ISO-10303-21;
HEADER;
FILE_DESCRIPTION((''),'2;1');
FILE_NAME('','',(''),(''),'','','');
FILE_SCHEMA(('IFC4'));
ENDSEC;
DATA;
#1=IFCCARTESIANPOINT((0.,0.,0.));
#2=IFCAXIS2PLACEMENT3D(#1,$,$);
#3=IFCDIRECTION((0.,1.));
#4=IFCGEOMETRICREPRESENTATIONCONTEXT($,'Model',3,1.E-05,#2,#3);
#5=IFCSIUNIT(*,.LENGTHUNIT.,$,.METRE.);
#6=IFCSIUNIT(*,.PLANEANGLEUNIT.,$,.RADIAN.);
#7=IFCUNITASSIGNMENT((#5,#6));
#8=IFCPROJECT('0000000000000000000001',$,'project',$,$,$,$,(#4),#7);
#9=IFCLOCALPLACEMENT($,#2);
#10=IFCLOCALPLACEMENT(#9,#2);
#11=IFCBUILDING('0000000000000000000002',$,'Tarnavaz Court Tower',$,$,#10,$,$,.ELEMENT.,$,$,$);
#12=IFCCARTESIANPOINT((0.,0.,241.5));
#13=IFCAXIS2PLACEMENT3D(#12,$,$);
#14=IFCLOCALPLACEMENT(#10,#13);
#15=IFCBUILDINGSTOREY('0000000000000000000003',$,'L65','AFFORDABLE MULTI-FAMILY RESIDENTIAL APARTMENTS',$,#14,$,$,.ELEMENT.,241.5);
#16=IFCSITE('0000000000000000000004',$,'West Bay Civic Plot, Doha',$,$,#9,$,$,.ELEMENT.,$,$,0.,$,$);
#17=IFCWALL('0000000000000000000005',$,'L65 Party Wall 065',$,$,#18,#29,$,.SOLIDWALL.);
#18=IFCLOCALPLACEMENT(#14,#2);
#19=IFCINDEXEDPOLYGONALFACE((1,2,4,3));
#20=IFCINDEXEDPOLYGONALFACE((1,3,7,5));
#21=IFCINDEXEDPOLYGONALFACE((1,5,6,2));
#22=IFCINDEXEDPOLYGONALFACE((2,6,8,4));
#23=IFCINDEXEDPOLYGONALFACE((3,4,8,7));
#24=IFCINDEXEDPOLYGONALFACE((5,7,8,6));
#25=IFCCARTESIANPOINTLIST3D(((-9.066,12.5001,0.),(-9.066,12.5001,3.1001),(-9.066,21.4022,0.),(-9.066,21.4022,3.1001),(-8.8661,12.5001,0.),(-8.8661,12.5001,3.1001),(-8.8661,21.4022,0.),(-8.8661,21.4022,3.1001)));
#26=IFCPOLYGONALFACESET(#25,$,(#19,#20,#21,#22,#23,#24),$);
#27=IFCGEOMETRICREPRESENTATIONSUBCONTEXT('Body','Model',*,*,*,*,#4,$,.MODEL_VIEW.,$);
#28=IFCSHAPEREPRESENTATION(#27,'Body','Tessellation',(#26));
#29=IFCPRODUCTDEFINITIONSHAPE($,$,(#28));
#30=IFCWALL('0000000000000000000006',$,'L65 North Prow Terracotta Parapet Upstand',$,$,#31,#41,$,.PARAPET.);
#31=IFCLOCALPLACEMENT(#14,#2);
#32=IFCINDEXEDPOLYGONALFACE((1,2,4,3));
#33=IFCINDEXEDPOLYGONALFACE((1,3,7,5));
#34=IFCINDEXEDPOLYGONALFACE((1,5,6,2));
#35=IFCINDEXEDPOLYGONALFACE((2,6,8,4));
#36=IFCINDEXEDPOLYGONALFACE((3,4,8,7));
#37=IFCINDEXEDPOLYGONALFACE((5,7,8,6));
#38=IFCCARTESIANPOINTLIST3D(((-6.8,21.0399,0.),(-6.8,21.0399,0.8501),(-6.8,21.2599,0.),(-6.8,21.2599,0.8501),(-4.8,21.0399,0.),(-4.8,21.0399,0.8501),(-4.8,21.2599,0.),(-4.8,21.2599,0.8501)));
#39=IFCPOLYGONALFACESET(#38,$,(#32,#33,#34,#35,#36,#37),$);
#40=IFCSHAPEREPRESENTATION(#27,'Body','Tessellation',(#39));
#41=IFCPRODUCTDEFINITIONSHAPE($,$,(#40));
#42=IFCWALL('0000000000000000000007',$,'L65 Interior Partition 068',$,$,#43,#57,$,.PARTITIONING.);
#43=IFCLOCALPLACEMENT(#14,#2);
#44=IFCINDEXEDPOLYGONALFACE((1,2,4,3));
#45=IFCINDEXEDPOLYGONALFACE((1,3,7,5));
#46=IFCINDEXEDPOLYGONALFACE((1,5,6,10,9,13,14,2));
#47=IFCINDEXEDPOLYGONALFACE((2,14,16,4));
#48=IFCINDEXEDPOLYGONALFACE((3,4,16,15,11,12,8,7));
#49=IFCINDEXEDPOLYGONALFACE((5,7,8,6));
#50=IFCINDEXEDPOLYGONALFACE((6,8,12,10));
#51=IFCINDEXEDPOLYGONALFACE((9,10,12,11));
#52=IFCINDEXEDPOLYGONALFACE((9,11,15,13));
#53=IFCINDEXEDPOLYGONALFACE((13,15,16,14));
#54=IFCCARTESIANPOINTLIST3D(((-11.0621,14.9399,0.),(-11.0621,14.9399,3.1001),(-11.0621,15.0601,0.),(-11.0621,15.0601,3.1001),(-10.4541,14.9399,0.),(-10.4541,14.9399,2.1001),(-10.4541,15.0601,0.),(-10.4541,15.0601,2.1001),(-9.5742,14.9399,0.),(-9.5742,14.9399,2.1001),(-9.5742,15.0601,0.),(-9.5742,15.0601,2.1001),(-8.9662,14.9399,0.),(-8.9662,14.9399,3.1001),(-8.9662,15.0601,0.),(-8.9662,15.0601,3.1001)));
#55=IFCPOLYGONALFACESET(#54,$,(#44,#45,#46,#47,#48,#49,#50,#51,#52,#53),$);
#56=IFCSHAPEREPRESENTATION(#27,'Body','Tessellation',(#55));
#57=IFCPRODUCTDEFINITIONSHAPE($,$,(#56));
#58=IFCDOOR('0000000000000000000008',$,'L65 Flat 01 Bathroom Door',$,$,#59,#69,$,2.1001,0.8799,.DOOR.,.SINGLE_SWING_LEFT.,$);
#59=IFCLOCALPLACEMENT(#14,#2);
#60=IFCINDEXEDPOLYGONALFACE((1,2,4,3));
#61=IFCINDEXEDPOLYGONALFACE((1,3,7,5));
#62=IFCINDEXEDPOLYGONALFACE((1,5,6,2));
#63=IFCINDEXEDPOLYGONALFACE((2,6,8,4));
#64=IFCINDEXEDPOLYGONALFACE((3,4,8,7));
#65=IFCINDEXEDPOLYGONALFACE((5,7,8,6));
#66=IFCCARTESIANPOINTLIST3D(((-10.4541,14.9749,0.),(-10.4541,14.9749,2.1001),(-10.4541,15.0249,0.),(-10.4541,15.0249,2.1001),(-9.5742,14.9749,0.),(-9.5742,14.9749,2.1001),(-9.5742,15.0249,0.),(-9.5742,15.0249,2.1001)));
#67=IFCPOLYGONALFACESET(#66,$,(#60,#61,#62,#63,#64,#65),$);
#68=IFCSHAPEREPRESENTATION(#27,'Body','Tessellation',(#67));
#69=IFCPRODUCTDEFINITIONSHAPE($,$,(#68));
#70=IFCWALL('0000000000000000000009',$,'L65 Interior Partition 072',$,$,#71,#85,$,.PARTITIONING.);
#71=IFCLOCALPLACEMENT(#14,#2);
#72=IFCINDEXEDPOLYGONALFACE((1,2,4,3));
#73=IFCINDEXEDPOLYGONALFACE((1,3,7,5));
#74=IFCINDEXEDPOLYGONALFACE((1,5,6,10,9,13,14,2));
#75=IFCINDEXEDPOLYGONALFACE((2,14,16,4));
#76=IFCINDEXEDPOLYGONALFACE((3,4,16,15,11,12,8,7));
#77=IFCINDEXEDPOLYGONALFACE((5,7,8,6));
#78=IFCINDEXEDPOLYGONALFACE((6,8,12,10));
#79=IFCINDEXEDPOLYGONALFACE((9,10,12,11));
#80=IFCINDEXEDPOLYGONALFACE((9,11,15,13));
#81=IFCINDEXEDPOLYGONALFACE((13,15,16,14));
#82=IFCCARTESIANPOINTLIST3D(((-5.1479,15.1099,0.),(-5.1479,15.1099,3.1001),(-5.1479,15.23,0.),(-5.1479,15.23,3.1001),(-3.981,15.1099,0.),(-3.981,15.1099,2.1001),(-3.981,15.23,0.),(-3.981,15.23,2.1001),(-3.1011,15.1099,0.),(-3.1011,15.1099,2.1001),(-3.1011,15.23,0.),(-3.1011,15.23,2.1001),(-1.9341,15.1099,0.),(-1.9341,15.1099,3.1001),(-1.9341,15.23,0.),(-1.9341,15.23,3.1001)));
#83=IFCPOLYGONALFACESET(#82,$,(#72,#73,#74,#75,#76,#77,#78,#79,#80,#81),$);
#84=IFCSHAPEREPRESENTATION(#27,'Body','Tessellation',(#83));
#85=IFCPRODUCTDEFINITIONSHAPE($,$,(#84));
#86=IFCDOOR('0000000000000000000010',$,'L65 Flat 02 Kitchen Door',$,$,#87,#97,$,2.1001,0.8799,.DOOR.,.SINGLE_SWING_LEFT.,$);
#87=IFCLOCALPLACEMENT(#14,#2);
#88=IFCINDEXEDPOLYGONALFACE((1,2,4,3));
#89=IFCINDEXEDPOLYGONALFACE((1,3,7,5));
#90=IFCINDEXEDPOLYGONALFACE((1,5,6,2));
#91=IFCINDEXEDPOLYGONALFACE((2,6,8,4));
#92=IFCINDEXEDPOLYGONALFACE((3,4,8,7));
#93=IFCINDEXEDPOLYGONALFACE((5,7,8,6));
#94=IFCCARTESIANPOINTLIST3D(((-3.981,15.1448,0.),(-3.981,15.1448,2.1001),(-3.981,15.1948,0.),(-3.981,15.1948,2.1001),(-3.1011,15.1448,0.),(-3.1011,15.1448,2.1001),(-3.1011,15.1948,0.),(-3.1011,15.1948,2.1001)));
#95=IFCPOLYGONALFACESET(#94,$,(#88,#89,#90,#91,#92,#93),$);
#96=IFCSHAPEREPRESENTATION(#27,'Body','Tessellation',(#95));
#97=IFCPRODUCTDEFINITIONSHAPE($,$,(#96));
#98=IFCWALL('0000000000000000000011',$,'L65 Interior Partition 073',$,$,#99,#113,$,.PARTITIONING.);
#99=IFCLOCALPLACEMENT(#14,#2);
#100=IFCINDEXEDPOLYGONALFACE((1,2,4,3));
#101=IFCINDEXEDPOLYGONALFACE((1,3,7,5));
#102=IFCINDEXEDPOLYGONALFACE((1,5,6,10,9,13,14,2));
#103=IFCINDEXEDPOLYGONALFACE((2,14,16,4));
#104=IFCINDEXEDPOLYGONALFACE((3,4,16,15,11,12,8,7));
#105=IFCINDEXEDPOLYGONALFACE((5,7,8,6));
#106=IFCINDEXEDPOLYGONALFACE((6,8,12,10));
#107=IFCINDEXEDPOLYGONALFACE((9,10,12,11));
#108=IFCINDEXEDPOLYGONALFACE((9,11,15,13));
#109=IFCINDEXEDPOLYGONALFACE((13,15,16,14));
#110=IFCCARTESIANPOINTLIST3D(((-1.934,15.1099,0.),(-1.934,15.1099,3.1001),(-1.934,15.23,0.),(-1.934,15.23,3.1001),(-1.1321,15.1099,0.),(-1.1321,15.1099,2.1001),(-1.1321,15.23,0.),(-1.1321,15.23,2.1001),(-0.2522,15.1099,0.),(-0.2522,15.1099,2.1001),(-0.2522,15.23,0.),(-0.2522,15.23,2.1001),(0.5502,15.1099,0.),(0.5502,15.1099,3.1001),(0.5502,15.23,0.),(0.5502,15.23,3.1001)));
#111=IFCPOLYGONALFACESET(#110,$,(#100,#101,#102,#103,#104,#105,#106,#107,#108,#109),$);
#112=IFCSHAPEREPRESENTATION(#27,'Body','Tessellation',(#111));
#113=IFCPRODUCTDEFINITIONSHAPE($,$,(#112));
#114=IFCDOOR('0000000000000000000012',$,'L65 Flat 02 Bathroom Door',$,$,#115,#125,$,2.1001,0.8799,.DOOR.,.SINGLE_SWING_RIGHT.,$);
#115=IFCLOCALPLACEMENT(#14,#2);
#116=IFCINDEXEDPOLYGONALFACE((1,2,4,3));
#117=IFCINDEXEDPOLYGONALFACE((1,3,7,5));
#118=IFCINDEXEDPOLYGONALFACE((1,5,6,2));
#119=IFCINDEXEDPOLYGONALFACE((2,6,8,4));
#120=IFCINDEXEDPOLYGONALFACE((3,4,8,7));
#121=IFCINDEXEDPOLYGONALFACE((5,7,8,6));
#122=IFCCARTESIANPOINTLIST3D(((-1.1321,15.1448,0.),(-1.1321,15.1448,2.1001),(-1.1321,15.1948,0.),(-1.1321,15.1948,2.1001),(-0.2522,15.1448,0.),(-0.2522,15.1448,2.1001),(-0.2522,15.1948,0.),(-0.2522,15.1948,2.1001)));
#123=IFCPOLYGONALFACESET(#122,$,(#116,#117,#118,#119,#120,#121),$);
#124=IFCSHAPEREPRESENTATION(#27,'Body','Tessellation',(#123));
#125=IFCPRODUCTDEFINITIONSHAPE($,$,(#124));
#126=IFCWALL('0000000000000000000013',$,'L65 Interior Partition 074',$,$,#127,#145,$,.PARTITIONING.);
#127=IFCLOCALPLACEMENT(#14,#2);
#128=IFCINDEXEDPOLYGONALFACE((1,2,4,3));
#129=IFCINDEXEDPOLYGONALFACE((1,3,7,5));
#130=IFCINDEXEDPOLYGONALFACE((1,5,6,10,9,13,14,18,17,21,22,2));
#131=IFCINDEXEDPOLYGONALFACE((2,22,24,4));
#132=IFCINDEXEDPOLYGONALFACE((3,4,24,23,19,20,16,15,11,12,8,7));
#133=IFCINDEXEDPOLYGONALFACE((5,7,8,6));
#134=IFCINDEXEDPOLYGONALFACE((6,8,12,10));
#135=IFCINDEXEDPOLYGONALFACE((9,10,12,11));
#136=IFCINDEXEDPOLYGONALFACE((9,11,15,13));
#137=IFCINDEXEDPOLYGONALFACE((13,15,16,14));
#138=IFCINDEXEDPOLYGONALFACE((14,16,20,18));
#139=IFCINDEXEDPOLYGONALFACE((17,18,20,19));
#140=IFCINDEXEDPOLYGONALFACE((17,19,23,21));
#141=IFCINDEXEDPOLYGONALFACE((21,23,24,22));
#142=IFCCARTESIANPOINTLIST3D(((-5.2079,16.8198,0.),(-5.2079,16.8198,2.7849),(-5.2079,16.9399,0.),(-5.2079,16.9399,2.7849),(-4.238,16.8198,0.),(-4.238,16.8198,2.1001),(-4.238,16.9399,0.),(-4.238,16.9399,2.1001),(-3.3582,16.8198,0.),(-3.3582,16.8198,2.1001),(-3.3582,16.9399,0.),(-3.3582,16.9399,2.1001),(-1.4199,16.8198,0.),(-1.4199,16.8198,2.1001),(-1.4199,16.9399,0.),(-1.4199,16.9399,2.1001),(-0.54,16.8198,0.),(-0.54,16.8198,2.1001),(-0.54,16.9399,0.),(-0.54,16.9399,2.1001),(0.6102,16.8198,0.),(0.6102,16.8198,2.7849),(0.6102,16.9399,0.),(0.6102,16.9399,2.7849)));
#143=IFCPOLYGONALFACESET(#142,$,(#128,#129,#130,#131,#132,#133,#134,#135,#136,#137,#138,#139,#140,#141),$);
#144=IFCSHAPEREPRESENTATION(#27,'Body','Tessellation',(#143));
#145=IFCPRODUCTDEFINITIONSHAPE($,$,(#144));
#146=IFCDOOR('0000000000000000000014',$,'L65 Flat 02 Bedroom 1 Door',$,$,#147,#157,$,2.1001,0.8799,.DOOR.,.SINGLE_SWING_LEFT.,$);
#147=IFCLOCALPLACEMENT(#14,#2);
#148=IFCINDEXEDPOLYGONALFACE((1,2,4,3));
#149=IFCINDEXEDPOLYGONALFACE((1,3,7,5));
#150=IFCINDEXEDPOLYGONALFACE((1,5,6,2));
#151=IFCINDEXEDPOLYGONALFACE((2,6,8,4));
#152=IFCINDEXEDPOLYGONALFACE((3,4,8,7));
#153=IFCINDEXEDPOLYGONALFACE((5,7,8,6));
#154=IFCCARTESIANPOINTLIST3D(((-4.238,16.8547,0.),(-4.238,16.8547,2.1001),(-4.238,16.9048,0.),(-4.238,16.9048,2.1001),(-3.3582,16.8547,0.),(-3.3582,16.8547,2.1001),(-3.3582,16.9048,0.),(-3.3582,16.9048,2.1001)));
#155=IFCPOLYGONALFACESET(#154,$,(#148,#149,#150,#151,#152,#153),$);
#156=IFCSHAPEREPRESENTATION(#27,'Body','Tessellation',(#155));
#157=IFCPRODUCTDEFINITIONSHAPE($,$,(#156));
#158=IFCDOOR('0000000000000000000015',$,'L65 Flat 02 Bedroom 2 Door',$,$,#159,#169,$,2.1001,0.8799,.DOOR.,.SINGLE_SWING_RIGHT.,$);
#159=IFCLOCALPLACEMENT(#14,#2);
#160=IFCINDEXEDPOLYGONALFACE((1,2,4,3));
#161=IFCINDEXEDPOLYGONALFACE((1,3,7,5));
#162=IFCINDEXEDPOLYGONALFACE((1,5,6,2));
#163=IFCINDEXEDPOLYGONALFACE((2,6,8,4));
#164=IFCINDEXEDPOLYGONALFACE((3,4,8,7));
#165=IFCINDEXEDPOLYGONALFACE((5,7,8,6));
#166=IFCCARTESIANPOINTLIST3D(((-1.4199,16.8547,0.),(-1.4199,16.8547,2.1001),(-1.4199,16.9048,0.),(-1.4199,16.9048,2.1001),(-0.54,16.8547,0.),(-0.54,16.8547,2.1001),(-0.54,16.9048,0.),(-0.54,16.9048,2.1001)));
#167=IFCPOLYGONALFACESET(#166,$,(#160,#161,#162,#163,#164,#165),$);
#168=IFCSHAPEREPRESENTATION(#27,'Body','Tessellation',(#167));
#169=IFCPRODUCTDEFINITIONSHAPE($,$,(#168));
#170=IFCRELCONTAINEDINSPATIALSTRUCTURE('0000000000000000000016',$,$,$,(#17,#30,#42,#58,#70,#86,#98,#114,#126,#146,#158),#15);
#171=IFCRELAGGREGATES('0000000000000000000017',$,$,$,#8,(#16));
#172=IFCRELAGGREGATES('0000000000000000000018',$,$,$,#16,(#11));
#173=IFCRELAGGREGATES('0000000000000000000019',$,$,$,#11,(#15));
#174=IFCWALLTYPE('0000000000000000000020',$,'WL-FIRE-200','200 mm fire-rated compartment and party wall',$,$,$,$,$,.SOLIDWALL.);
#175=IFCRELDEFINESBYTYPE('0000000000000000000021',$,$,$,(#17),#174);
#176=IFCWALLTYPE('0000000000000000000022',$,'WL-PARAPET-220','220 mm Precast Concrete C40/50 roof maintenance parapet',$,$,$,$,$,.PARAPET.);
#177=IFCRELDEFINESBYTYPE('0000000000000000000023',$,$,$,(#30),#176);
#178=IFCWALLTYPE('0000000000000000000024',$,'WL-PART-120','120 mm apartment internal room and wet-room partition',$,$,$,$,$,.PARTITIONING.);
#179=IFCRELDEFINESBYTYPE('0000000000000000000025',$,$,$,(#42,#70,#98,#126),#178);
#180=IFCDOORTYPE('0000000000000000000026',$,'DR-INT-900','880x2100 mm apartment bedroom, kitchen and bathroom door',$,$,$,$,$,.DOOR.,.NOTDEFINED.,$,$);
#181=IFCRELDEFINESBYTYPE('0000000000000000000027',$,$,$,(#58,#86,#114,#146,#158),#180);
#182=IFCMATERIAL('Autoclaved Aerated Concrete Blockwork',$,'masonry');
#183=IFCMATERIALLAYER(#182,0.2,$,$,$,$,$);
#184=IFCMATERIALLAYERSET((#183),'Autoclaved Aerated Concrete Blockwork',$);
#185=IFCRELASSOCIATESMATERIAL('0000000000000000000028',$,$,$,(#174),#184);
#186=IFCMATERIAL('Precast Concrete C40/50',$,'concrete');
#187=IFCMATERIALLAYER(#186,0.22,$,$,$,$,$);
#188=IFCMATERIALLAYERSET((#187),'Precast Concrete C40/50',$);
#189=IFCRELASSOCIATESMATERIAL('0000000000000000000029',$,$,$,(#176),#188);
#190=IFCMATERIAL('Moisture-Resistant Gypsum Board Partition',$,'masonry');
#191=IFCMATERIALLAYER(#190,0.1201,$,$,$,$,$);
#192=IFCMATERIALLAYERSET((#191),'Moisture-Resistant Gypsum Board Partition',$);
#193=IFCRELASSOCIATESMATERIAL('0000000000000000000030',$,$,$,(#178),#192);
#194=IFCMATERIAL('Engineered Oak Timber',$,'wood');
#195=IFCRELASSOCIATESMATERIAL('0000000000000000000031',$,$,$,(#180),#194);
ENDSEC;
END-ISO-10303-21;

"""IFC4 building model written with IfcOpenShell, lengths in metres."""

from ifc_helpers import new_model, si_unit, direction, frame, frame_2d, origin, place, context, subcontext, project, spatial, rectangle, extrude, material, layer, layer_set, type_object, element, fill, save


model = new_model("IFC4")

# Units and contexts
model_context = context("Model", 3, precision=1e-05, world=origin(), true_north=direction((0.0, 1.0)))
body_context = subcontext(model_context, "Body", "Model", "MODEL_VIEW")
ifc_project = project(units=[si_unit("LENGTHUNIT", "METRE"), si_unit("PLANEANGLEUNIT", "RADIAN")], contexts=[model_context])

# Site, building, storey
site_placement = place(None, origin())
site = spatial("IfcSite", under=ifc_project, at=site_placement, Name="West Bay Civic Plot, Doha", CompositionType="ELEMENT", RefElevation=0.0)
building_placement = place(site_placement, origin())
building = spatial("IfcBuilding", under=site, at=building_placement, Name="Tarnavaz Court Tower", CompositionType="ELEMENT")
storey_placement = place(building_placement, frame((0.0, 0.0, 241.5)))
storey = spatial("IfcBuildingStorey", under=building, at=storey_placement, Name="L65", Description="AFFORDABLE MULTI-FAMILY RESIDENTIAL APARTMENTS", CompositionType="ELEMENT", Elevation=241.5)

# Shared definitions
ifc_material_1 = material(Name="Precast Concrete C40/50", Category="concrete")

# Walls
ifc_material_2 = material(Name="Autoclaved Aerated Concrete Blockwork", Category="masonry")
ifc_layer_1 = layer(ifc_material_2, 0.2)
ifc_layer_set_1 = layer_set([ifc_layer_1], Name="Autoclaved Aerated Concrete Blockwork")
wall_type_1 = type_object("IfcWallType", Name="WL-FIRE-200", Description="200 mm fire-rated compartment and party wall", PredefinedType="SOLIDWALL", material=ifc_layer_set_1)
wall_1_placement = place(storey_placement, frame((-8.9661, 12.5, 0.0), z_axis=(0.0, 0.0, 1.0), x_axis=(0.0, 1.0, 0.0)))
element("IfcWall", 1, at=wall_1_placement, inside=storey, type_object=wall_type_1, Name="L65 Party Wall 065", PredefinedType="SOLIDWALL", context=body_context, shape_type="SweptSolid", body=[
    extrude(rectangle(XDim=8.9021, YDim=0.2, at=frame_2d((4.4512, 0.0))), origin(), (0.0, 0.0, 1.0), 3.1001),
])
ifc_layer_2 = layer(ifc_material_1, 0.22)
ifc_layer_set_2 = layer_set([ifc_layer_2], Name="Precast Concrete C40/50")
wall_type_2 = type_object("IfcWallType", Name="WL-PARAPET-220", Description="220 mm Precast Concrete C40/50 roof maintenance parapet", PredefinedType="PARAPET", material=ifc_layer_set_2)
wall_2_placement = place(storey_placement, frame((-6.8, 21.1499, 0.0), z_axis=(0.0, 0.0, 1.0), x_axis=(1.0, 0.0, 0.0)))
element("IfcWall", 2, at=wall_2_placement, inside=storey, type_object=wall_type_2, Name="L65 North Prow Terracotta Parapet Upstand", PredefinedType="PARAPET", context=body_context, shape_type="SweptSolid", body=[
    extrude(rectangle(XDim=2.0, YDim=0.22, at=frame_2d((1.0, 0.0))), origin(), (0.0, 0.0, 1.0), 0.8501),
])

# Walls, openings, doors
ifc_material_3 = material(Name="Moisture-Resistant Gypsum Board Partition", Category="masonry")
ifc_layer_3 = layer(ifc_material_3, 0.1201)
ifc_layer_set_3 = layer_set([ifc_layer_3], Name="Moisture-Resistant Gypsum Board Partition")
wall_type_3 = type_object("IfcWallType", Name="WL-PART-120", Description="120 mm apartment internal room and wet-room partition", PredefinedType="PARTITIONING", material=ifc_layer_set_3)
wall_3_placement = place(storey_placement, frame((-11.062, 15.0, 0.0), z_axis=(0.0, 0.0, 1.0), x_axis=(1.0, 0.0, 0.0)))
wall_3 = element("IfcWall", 3, at=wall_3_placement, inside=storey, type_object=wall_type_3, Name="L65 Interior Partition 068", PredefinedType="PARTITIONING", context=body_context, shape_type="SweptSolid", body=[
    extrude(rectangle(XDim=2.0959, YDim=0.1201, at=frame_2d((1.0479, 0.0))), origin(), (0.0, 0.0, 1.0), 3.1001),
])
opening_1_placement = place(wall_3_placement, frame((0.6079, 0.0, 0.0)))
opening_1 = element("IfcOpeningElement", 4, at=opening_1_placement, cuts=wall_3, PredefinedType="OPENING", context=body_context, shape_type="SweptSolid", body=[
    extrude(rectangle(XDim=0.8799, YDim=2.1001, at=frame_2d((0.4399, 1.05))), frame((0.0, 0.0701, 0.0), z_axis=(0.0, -1.0, 0.0), x_axis=(1.0, 0.0, 0.0)), (0.0, 0.0, 1.0), 0.1401),
])
ifc_material_4 = material(Name="Engineered Oak Timber", Category="wood")
door_type = type_object("IfcDoorType", Name="DR-INT-900", Description="880x2100 mm apartment bedroom, kitchen and bathroom door", OperationType="NOTDEFINED", PredefinedType="DOOR", material=ifc_material_4)
door_1_placement = place(opening_1_placement, origin())
door_1 = element("IfcDoor", 5, at=door_1_placement, inside=storey, type_object=door_type, Name="L65 Flat 01 Bathroom Door", OperationType="SINGLE_SWING_LEFT", OverallHeight=2.1001, OverallWidth=0.8799, PredefinedType="DOOR", context=body_context, shape_type="SweptSolid", body=[
    extrude(rectangle(XDim=0.8799, YDim=2.1001, at=frame_2d((0.4399, 1.05))), frame((0.0, 0.0249, 0.0), z_axis=(0.0, -1.0, 0.0), x_axis=(1.0, 0.0, 0.0)), (0.0, 0.0, 1.0), 0.05),
])
fill(opening_1, door_1)
wall_4_placement = place(storey_placement, frame((-5.1479, 15.1699, 0.0), z_axis=(0.0, 0.0, 1.0), x_axis=(1.0, 0.0, 0.0)))
wall_4 = element("IfcWall", 6, at=wall_4_placement, inside=storey, type_object=wall_type_3, Name="L65 Interior Partition 072", PredefinedType="PARTITIONING", context=body_context, shape_type="SweptSolid", body=[
    extrude(rectangle(XDim=3.2139, YDim=0.1201, at=frame_2d((1.6069, 0.0))), origin(), (0.0, 0.0, 1.0), 3.1001),
])
opening_2_placement = place(wall_4_placement, frame((1.167, 0.0, 0.0)))
opening_2 = element("IfcOpeningElement", 7, at=opening_2_placement, cuts=wall_4, PredefinedType="OPENING", context=body_context, shape_type="SweptSolid", body=[
    extrude(rectangle(XDim=0.8799, YDim=2.1001, at=frame_2d((0.4399, 1.05))), frame((0.0, 0.0701, 0.0), z_axis=(0.0, -1.0, 0.0), x_axis=(1.0, 0.0, 0.0)), (0.0, 0.0, 1.0), 0.1401),
])
door_2_placement = place(opening_2_placement, origin())
door_2 = element("IfcDoor", 8, at=door_2_placement, inside=storey, type_object=door_type, Name="L65 Flat 02 Kitchen Door", OperationType="SINGLE_SWING_LEFT", OverallHeight=2.1001, OverallWidth=0.8799, PredefinedType="DOOR", context=body_context, shape_type="SweptSolid", body=[
    extrude(rectangle(XDim=0.8799, YDim=2.1001, at=frame_2d((0.4399, 1.05))), frame((0.0, 0.0249, 0.0), z_axis=(0.0, -1.0, 0.0), x_axis=(1.0, 0.0, 0.0)), (0.0, 0.0, 1.0), 0.05),
])
fill(opening_2, door_2)
wall_5_placement = place(storey_placement, frame((-1.9341, 15.1699, 0.0), z_axis=(0.0, 0.0, 1.0), x_axis=(1.0, 0.0, 0.0)))
wall_5 = element("IfcWall", 9, at=wall_5_placement, inside=storey, type_object=wall_type_3, Name="L65 Interior Partition 073", PredefinedType="PARTITIONING", context=body_context, shape_type="SweptSolid", body=[
    extrude(rectangle(XDim=2.4841, YDim=0.1201, at=frame_2d((1.2422, 0.0))), origin(), (0.0, 0.0, 1.0), 3.1001),
])
opening_3_placement = place(wall_5_placement, frame((0.802, 0.0, 0.0)))
opening_3 = element("IfcOpeningElement", 10, at=opening_3_placement, cuts=wall_5, PredefinedType="OPENING", context=body_context, shape_type="SweptSolid", body=[
    extrude(rectangle(XDim=0.8799, YDim=2.1001, at=frame_2d((0.4399, 1.05))), frame((0.0, 0.0701, 0.0), z_axis=(0.0, -1.0, 0.0), x_axis=(1.0, 0.0, 0.0)), (0.0, 0.0, 1.0), 0.1401),
])
door_3_placement = place(opening_3_placement, origin())
door_3 = element("IfcDoor", 11, at=door_3_placement, inside=storey, type_object=door_type, Name="L65 Flat 02 Bathroom Door", OperationType="SINGLE_SWING_RIGHT", OverallHeight=2.1001, OverallWidth=0.8799, PredefinedType="DOOR", context=body_context, shape_type="SweptSolid", body=[
    extrude(rectangle(XDim=0.8799, YDim=2.1001, at=frame_2d((0.4399, 1.05))), frame((0.0, 0.0249, 0.0), z_axis=(0.0, -1.0, 0.0), x_axis=(1.0, 0.0, 0.0)), (0.0, 0.0, 1.0), 0.05),
])
fill(opening_3, door_3)

# Wall, openings, doors
wall_6_placement = place(storey_placement, frame((-5.208, 16.8799, 0.0), z_axis=(0.0, 0.0, 1.0), x_axis=(1.0, 0.0, 0.0)))
wall_6 = element("IfcWall", 12, at=wall_6_placement, inside=storey, type_object=wall_type_3, Name="L65 Interior Partition 074", PredefinedType="PARTITIONING", context=body_context, shape_type="SweptSolid", body=[
    extrude(rectangle(XDim=5.8181, YDim=0.1201, at=frame_2d((2.9092, 0.0))), origin(), (0.0, 0.0, 1.0), 2.7849),
])
opening_4_placement = place(wall_6_placement, frame((0.97, 0.0, 0.0)))
opening_4 = element("IfcOpeningElement", 13, at=opening_4_placement, cuts=wall_6, PredefinedType="OPENING", context=body_context, shape_type="SweptSolid", body=[
    extrude(rectangle(XDim=0.8799, YDim=2.1001, at=frame_2d((0.4399, 1.05))), frame((0.0, 0.0701, 0.0), z_axis=(0.0, -1.0, 0.0), x_axis=(1.0, 0.0, 0.0)), (0.0, 0.0, 1.0), 0.1401),
])
opening_5_placement = place(wall_6_placement, frame((3.7881, 0.0, 0.0)))
opening_5 = element("IfcOpeningElement", 14, at=opening_5_placement, cuts=wall_6, PredefinedType="OPENING", context=body_context, shape_type="SweptSolid", body=[
    extrude(rectangle(XDim=0.8799, YDim=2.1001, at=frame_2d((0.4399, 1.05))), frame((0.0, 0.0701, 0.0), z_axis=(0.0, -1.0, 0.0), x_axis=(1.0, 0.0, 0.0)), (0.0, 0.0, 1.0), 0.1401),
])
door_4_placement = place(opening_4_placement, origin())
door_4 = element("IfcDoor", 15, at=door_4_placement, inside=storey, type_object=door_type, Name="L65 Flat 02 Bedroom 1 Door", OperationType="SINGLE_SWING_LEFT", OverallHeight=2.1001, OverallWidth=0.8799, PredefinedType="DOOR", context=body_context, shape_type="SweptSolid", body=[
    extrude(rectangle(XDim=0.8799, YDim=2.1001, at=frame_2d((0.4399, 1.05))), frame((0.0, 0.0249, 0.0), z_axis=(0.0, -1.0, 0.0), x_axis=(1.0, 0.0, 0.0)), (0.0, 0.0, 1.0), 0.05),
])
fill(opening_4, door_4)
door_5_placement = place(opening_5_placement, origin())
door_5 = element("IfcDoor", 16, at=door_5_placement, inside=storey, type_object=door_type, Name="L65 Flat 02 Bedroom 2 Door", OperationType="SINGLE_SWING_RIGHT", OverallHeight=2.1001, OverallWidth=0.8799, PredefinedType="DOOR", context=body_context, shape_type="SweptSolid", body=[
    extrude(rectangle(XDim=0.8799, YDim=2.1001, at=frame_2d((0.4399, 1.05))), frame((0.0, 0.0249, 0.0), z_axis=(0.0, -1.0, 0.0), x_axis=(1.0, 0.0, 0.0)), (0.0, 0.0, 1.0), 0.05),
])
fill(opening_5, door_5)

save(model, "model.ifc")
